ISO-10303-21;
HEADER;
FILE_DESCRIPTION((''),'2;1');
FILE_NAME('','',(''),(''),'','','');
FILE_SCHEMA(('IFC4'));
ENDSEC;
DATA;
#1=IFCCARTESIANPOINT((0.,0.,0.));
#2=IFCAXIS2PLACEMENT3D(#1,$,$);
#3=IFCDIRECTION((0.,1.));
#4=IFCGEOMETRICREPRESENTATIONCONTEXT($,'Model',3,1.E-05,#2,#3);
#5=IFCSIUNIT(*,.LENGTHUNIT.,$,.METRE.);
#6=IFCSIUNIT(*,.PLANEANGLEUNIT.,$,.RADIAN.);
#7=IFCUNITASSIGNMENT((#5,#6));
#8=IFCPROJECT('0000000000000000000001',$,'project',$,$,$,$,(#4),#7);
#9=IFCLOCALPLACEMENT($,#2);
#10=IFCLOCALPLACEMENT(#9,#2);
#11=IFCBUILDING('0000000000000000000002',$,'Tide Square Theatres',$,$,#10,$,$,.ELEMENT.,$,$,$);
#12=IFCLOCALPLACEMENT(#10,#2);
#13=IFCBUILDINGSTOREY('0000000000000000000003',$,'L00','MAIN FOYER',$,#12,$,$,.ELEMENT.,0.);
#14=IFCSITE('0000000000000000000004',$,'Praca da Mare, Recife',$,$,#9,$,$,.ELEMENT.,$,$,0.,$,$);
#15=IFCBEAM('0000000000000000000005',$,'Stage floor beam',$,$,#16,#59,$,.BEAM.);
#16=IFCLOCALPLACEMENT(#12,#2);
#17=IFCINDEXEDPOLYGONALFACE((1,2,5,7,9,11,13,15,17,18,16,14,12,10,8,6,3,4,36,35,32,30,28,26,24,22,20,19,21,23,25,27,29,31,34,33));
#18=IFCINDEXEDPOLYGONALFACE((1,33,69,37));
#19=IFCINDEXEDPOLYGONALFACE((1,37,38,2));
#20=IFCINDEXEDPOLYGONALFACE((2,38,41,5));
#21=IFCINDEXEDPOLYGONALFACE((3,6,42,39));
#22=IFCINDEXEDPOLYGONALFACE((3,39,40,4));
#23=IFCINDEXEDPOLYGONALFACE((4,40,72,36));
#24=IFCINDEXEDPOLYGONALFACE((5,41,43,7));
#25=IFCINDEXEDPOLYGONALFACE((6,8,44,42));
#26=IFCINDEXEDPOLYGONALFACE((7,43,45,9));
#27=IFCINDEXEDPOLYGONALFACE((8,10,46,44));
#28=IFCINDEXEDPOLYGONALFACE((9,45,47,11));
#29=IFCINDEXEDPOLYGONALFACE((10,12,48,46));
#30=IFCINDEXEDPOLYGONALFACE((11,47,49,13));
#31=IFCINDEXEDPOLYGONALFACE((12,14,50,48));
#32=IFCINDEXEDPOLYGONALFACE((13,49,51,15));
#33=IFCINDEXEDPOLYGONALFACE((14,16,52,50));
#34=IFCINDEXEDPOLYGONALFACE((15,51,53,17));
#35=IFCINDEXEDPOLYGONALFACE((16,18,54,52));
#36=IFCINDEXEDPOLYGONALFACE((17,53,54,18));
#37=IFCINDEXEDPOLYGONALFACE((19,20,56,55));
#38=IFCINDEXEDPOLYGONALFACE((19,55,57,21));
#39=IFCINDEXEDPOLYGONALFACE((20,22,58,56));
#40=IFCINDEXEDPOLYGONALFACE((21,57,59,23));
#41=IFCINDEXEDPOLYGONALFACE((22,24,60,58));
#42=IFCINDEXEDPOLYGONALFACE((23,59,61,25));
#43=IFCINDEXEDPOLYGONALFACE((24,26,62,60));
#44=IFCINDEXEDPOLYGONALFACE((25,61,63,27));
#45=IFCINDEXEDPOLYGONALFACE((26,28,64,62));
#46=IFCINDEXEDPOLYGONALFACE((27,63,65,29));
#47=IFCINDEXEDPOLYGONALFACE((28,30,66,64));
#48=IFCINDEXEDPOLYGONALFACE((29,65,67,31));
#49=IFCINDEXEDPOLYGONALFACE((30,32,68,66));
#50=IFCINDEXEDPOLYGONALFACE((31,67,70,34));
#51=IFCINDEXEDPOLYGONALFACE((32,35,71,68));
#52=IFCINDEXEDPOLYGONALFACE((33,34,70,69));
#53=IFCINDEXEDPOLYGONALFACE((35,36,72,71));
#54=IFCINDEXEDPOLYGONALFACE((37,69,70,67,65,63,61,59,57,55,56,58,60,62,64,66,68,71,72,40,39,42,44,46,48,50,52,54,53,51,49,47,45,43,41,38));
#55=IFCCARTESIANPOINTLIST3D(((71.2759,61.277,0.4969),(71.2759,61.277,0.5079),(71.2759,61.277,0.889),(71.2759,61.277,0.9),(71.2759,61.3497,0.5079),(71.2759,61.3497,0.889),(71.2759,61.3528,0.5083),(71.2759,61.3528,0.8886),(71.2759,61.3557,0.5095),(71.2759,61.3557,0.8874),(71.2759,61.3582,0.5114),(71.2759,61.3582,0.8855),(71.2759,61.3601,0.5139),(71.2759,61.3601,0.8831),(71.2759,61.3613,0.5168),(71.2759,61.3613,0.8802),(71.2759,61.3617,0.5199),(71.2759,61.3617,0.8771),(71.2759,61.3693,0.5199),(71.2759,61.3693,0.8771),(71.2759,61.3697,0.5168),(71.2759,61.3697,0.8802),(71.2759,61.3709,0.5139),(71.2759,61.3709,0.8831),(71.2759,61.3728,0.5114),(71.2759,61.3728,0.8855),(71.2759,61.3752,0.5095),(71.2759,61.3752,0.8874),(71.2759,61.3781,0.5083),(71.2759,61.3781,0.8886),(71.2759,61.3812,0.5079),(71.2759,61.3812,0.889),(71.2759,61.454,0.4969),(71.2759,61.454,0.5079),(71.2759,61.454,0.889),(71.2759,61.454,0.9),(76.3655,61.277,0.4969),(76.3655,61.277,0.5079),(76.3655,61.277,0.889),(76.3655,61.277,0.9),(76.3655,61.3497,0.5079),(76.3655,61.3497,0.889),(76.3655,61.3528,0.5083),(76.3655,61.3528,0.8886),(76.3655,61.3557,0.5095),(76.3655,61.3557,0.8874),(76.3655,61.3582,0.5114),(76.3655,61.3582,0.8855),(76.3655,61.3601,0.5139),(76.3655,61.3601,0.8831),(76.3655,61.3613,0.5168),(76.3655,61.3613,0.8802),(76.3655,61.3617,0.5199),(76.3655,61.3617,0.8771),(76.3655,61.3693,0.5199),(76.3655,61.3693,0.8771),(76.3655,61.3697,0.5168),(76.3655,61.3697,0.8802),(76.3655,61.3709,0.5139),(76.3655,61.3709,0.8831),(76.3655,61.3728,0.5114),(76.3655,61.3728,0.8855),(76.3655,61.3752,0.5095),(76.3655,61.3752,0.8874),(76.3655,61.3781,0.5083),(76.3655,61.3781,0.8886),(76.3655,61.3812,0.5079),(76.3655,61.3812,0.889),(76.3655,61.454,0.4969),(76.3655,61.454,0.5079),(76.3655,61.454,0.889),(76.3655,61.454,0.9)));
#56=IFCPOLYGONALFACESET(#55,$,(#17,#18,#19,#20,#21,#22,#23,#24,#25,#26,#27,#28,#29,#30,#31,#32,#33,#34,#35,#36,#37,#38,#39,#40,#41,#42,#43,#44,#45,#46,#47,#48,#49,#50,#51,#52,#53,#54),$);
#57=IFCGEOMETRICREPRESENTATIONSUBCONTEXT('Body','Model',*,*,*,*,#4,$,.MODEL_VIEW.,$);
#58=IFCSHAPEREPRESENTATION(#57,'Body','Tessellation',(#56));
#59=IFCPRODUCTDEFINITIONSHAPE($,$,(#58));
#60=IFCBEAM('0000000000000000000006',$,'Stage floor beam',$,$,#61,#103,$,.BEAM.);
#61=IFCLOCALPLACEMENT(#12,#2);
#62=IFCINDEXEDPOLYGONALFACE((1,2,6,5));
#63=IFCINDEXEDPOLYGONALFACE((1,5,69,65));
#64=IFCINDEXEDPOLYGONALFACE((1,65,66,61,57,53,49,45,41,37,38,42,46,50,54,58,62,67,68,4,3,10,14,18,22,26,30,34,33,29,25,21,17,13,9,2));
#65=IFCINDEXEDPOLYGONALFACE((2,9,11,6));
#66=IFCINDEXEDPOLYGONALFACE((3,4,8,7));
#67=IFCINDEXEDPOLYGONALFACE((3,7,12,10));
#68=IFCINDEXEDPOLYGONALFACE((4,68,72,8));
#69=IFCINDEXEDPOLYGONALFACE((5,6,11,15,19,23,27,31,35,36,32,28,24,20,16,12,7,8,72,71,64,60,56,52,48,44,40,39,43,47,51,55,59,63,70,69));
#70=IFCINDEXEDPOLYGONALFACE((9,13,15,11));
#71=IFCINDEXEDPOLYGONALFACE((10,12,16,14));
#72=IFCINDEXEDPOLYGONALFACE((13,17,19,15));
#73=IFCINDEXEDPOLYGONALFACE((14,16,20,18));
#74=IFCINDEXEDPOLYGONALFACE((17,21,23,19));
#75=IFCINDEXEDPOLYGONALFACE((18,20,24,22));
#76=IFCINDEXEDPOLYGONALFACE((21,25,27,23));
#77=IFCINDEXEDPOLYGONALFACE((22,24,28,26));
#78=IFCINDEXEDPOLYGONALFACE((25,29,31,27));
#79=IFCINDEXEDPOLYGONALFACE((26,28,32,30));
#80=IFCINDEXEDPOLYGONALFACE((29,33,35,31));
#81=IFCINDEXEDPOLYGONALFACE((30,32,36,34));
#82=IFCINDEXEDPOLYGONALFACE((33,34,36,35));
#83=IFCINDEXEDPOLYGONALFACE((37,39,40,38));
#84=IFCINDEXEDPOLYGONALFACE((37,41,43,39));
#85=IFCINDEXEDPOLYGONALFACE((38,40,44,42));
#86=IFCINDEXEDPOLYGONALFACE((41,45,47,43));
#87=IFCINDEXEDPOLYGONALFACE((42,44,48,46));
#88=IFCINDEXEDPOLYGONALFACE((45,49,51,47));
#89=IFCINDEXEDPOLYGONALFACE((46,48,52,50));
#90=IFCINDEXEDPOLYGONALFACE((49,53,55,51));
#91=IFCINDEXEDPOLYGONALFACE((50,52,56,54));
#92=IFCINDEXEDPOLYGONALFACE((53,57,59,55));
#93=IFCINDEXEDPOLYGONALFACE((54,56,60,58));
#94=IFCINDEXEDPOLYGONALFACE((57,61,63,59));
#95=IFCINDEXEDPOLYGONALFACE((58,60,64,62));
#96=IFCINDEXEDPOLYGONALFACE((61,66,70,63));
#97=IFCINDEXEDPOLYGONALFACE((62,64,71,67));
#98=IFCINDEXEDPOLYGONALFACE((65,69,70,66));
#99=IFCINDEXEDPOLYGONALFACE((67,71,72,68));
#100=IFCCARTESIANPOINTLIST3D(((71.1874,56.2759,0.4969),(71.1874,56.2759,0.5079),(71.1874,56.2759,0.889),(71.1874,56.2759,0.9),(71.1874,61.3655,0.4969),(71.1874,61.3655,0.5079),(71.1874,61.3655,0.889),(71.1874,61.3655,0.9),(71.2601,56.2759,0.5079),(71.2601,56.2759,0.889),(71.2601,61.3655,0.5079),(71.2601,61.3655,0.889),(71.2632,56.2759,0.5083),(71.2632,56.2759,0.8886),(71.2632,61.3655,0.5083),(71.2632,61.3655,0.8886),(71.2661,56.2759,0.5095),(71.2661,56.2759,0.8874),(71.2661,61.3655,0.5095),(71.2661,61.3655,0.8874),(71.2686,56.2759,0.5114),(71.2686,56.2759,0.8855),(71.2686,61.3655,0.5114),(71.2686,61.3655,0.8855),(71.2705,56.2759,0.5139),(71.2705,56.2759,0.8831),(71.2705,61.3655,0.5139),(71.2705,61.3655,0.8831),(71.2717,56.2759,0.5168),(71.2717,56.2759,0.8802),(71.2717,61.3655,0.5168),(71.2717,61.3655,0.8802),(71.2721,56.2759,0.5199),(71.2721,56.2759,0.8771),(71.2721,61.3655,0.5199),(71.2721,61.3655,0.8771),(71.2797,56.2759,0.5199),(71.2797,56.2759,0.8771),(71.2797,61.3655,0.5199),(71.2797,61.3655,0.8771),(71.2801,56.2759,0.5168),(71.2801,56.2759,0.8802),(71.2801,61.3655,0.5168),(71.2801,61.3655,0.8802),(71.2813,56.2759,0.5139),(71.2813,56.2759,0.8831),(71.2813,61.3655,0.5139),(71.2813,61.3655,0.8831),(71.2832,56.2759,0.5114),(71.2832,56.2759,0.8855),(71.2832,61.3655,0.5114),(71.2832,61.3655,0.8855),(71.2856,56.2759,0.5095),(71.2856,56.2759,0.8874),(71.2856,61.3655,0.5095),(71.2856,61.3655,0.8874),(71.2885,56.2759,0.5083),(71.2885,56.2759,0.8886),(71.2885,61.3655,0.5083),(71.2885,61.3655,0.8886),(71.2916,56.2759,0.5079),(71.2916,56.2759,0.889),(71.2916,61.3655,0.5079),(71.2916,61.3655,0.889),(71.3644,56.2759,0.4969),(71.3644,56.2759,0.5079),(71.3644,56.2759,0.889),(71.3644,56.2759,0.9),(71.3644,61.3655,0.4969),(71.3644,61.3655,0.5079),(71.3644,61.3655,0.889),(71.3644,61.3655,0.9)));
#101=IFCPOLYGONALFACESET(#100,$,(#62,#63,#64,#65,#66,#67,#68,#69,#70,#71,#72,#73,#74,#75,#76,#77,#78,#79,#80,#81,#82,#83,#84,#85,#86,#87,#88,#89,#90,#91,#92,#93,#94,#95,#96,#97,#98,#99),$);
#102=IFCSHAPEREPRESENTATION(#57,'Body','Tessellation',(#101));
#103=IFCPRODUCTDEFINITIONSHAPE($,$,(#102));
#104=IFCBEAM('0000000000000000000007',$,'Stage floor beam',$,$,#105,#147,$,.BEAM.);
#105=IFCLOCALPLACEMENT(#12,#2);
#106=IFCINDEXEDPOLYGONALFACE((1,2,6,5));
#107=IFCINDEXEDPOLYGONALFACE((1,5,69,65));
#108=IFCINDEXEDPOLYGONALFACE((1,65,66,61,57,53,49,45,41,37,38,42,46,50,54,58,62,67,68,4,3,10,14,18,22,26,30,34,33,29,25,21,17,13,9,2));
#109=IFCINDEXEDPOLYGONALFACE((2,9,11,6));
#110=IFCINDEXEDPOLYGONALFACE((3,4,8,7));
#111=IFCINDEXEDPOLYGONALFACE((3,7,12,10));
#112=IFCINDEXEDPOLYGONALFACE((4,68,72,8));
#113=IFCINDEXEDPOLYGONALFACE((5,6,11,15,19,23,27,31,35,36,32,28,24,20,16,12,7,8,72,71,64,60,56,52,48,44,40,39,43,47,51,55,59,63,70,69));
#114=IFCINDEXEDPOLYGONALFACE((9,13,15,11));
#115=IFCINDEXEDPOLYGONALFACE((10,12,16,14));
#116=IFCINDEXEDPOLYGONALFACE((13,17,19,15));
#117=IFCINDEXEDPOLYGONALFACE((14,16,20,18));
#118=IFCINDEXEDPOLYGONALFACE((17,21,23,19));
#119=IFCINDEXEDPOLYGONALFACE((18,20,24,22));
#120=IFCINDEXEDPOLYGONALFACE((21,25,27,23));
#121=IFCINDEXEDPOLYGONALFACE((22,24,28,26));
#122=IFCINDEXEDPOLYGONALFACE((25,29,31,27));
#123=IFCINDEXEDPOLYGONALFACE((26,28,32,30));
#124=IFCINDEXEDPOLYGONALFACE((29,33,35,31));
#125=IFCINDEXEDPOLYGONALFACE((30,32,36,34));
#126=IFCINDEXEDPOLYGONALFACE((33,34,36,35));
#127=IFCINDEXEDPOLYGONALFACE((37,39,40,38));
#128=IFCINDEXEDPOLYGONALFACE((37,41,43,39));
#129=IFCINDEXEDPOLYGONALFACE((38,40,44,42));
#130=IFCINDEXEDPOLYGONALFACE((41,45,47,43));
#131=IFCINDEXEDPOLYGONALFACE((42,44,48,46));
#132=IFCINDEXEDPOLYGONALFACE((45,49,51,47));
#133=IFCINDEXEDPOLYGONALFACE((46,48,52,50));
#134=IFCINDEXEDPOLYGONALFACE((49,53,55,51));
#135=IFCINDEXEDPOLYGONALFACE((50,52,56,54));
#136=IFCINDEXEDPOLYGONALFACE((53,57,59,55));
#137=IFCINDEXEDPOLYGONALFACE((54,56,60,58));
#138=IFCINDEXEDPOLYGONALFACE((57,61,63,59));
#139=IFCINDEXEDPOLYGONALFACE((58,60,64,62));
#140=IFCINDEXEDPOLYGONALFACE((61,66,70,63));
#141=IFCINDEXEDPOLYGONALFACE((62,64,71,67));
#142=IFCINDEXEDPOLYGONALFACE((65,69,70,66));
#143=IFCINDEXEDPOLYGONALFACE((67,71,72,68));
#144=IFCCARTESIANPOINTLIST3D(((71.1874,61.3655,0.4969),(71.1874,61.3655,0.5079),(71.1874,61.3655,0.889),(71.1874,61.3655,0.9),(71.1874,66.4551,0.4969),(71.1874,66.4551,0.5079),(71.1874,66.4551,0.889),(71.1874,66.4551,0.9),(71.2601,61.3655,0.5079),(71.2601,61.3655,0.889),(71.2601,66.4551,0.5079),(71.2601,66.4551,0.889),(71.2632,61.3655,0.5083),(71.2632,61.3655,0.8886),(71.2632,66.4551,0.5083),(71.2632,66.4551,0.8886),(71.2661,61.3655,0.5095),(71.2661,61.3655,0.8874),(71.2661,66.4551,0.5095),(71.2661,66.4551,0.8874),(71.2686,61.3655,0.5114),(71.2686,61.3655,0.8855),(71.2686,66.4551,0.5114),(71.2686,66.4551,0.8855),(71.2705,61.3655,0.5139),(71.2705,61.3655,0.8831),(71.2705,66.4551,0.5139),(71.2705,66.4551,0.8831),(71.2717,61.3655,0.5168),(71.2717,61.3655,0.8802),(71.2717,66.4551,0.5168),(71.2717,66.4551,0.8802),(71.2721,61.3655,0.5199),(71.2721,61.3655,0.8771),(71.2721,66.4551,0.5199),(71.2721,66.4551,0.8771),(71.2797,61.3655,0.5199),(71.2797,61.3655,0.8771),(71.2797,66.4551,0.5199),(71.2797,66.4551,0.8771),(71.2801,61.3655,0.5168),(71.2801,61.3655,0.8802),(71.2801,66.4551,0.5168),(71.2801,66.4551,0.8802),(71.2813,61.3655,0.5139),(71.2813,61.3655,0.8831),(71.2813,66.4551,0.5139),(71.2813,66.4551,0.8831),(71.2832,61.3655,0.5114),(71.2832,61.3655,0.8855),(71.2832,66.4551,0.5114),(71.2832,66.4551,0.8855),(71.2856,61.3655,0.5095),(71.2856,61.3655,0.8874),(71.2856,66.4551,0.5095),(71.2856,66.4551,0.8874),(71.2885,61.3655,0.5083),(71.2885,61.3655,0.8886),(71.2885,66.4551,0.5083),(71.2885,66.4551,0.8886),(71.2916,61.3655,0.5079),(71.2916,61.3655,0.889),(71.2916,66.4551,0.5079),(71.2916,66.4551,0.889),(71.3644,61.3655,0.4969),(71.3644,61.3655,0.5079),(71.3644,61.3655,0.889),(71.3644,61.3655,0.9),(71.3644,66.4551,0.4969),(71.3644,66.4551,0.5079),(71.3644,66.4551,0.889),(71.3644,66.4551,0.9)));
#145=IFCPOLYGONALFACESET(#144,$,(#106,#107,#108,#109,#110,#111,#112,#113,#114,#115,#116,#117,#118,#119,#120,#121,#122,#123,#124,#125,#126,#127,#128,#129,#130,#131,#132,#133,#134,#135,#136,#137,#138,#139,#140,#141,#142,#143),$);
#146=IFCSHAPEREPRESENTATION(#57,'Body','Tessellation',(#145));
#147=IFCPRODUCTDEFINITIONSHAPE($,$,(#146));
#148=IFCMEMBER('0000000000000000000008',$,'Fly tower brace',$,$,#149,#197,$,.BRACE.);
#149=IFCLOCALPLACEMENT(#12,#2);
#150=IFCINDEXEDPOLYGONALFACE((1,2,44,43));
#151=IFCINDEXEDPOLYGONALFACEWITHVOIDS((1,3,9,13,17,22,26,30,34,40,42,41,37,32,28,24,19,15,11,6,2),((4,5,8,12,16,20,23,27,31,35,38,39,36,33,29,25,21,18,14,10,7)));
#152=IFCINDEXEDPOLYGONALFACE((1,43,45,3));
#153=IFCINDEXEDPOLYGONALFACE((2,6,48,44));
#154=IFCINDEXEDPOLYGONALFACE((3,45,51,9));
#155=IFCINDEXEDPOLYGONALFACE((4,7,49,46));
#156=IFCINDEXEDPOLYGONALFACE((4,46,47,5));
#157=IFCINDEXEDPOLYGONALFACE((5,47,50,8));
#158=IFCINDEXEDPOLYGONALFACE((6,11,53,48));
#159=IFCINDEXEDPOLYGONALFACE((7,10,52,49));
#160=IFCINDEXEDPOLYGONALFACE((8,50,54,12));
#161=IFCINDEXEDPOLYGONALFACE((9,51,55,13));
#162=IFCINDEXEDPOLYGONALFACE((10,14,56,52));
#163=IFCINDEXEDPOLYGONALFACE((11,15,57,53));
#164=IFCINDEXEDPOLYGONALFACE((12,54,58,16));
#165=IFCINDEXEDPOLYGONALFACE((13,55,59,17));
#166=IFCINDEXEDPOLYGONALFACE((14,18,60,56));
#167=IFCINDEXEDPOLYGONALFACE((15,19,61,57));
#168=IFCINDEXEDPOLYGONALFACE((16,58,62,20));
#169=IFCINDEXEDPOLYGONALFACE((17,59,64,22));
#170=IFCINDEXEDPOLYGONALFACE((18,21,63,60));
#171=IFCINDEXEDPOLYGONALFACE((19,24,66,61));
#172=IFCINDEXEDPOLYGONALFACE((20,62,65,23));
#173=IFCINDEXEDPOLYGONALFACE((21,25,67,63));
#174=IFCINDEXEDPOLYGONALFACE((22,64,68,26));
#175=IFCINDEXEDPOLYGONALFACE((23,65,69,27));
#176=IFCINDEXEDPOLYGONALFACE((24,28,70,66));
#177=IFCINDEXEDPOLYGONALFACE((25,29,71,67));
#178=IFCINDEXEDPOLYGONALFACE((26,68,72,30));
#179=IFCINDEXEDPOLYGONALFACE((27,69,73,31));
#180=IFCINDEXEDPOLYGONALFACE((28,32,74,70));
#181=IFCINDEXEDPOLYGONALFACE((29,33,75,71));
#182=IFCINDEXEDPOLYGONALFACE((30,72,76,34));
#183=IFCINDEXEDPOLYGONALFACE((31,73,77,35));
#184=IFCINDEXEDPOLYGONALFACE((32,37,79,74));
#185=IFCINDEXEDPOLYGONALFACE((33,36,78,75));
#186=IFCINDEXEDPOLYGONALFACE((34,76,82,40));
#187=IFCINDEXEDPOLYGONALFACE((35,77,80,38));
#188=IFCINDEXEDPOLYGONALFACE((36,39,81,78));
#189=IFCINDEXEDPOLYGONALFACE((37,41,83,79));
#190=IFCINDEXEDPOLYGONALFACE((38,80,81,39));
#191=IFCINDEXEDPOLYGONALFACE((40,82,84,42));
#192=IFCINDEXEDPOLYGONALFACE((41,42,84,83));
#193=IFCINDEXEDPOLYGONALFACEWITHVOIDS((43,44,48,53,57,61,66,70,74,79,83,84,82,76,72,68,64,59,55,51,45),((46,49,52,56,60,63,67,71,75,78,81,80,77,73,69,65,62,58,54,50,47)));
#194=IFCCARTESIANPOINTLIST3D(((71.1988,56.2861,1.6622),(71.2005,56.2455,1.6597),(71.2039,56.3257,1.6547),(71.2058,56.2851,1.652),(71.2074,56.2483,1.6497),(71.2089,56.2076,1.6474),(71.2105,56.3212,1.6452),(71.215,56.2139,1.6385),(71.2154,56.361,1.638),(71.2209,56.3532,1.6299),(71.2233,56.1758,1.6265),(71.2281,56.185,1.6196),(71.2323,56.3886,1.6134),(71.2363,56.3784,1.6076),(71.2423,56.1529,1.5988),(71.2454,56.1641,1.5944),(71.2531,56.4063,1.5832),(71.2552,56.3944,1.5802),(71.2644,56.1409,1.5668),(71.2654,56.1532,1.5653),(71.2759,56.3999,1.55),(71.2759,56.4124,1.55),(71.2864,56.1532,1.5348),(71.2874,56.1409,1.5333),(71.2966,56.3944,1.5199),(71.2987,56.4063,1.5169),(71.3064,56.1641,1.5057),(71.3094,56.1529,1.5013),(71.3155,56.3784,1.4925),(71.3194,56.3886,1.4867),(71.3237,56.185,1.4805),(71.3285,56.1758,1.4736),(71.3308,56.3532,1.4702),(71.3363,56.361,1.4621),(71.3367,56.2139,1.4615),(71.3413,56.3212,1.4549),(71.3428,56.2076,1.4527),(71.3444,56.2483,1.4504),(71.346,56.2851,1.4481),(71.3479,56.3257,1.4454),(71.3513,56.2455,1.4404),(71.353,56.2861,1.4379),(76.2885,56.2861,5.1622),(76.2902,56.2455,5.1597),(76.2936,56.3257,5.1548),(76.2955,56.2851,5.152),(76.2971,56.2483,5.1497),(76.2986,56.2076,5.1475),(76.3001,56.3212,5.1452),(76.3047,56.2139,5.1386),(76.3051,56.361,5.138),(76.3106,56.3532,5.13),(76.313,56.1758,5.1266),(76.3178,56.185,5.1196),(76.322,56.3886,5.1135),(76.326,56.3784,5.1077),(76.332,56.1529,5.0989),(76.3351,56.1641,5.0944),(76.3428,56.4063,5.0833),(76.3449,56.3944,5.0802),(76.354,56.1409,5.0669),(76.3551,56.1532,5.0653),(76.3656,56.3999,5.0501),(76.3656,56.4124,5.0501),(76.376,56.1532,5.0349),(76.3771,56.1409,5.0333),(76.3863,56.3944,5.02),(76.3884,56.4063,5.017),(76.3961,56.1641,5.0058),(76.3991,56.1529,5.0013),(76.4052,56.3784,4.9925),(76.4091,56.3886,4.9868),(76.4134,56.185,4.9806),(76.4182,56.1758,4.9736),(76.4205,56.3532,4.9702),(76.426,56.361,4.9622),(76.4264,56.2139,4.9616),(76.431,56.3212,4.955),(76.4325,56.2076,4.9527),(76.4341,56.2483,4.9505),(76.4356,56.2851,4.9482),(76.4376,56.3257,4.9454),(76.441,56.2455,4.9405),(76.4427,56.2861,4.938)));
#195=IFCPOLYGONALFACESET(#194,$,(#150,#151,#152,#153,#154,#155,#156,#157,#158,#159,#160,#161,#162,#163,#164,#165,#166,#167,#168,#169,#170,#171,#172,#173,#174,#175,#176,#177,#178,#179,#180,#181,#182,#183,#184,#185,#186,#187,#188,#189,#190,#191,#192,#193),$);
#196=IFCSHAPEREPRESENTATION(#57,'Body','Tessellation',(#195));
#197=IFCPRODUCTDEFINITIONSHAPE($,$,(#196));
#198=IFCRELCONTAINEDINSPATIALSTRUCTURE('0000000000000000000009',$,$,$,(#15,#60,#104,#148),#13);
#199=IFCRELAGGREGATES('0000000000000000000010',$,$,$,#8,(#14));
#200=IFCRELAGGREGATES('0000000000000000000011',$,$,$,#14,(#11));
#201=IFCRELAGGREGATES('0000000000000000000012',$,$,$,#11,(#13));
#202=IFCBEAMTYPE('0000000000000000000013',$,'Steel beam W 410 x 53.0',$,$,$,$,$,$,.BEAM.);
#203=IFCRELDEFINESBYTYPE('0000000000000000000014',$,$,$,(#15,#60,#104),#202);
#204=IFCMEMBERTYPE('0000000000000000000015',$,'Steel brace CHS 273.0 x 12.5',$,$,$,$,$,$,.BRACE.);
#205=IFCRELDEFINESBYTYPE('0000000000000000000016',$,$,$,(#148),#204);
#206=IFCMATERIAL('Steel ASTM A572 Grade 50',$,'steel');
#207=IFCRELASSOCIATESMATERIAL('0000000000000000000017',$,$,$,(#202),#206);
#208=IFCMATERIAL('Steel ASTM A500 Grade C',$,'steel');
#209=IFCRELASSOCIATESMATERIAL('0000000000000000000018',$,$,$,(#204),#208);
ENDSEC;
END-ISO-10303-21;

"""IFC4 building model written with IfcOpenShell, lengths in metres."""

from ifc_helpers import new_model, si_unit, direction, frame, origin, origin_2d, place, context, subcontext, project, spatial, hollow_circle, i_section, extrude, material, material_profile, profile_set, type_object, element, save


model = new_model("IFC4")

# Units and contexts
model_context = context("Model", 3, precision=1e-05, world=origin(), true_north=direction((0.0, 1.0)))
body_context = subcontext(model_context, "Body", "Model", "MODEL_VIEW")
ifc_project = project(units=[si_unit("LENGTHUNIT", "METRE"), si_unit("PLANEANGLEUNIT", "RADIAN")], contexts=[model_context])

# Site, building, storey
site_placement = place(None, origin())
site = spatial("IfcSite", under=ifc_project, at=site_placement, Name="Praca da Mare, Recife", CompositionType="ELEMENT", RefElevation=0.0)
building_placement = place(site_placement, origin())
building = spatial("IfcBuilding", under=site, at=building_placement, Name="Tide Square Theatres", CompositionType="ELEMENT")
storey_placement = place(building_placement, origin())
storey = spatial("IfcBuildingStorey", under=building, at=storey_placement, Name="L00", Description="MAIN FOYER", CompositionType="ELEMENT", Elevation=0.0)

# Beams
ifc_material_1 = material(Name="Steel ASTM A572 Grade 50", Category="steel")
ifc_material_profile_1 = material_profile(ifc_material_1, i_section(OverallWidth=0.177, OverallDepth=0.4031, WebThickness=0.0076, FlangeThickness=0.011, FilletRadius=0.012, at=origin_2d()))
ifc_profile_set_1 = profile_set([ifc_material_profile_1], Name="Steel ASTM A572 Grade 50")
beam_type = type_object("IfcBeamType", Name="Steel beam W 410 x 53.0", PredefinedType="BEAM", material=ifc_profile_set_1)
for number, where, z_axis, x_axis, name in (
    (1, (71.2759, 61.3655, 0.6985), (1.0, 0.0, 0.0), (0.0, 1.0, 0.0), "Stage floor beam"),
    (2, (71.2759, 56.2759, 0.6985), (0.0, 1.0, 0.0), (-1.0, 0.0, 0.0), "Stage floor beam"),
    (3, (71.2759, 61.3655, 0.6985), (0.0, 1.0, 0.0), (-1.0, 0.0, 0.0), "Stage floor beam"),
):
    element("IfcBeam", number, at=place(storey_placement, frame(where, z_axis=z_axis, x_axis=x_axis)), inside=storey, type_object=beam_type, Name=name, PredefinedType="BEAM", context=body_context, shape_type="SweptSolid", body=[
        extrude(i_section(OverallWidth=0.177, OverallDepth=0.4031, WebThickness=0.0076, FlangeThickness=0.011, FilletRadius=0.012, at=origin_2d()), origin(), (0.0, 0.0, 1.0), 5.0896),
    ])

# Member
ifc_material_2 = material(Name="Steel ASTM A500 Grade C", Category="steel")
ifc_material_profile_2 = material_profile(ifc_material_2, hollow_circle(Radius=0.1365, WallThickness=0.0125, at=origin_2d()))
ifc_profile_set_2 = profile_set([ifc_material_profile_2], Name="Steel ASTM A500 Grade C")
member_type = type_object("IfcMemberType", Name="Steel brace CHS 273.0 x 12.5", PredefinedType="BRACE", material=ifc_profile_set_2)
member_1_placement = place(storey_placement, frame((71.2759, 56.2759, 1.55), z_axis=(0.823974, 0.0, 0.566628), x_axis=(0.0, 1.0, 0.0)))
element("IfcMember", 4, at=member_1_placement, inside=storey, type_object=member_type, Name="Fly tower brace", PredefinedType="BRACE", context=body_context, shape_type="SweptSolid", body=[
    extrude(hollow_circle(Radius=0.1365, WallThickness=0.0125, at=origin_2d()), origin(), (0.0, 0.0, 1.0), 6.177),
])

save(model, "model.ifc")
